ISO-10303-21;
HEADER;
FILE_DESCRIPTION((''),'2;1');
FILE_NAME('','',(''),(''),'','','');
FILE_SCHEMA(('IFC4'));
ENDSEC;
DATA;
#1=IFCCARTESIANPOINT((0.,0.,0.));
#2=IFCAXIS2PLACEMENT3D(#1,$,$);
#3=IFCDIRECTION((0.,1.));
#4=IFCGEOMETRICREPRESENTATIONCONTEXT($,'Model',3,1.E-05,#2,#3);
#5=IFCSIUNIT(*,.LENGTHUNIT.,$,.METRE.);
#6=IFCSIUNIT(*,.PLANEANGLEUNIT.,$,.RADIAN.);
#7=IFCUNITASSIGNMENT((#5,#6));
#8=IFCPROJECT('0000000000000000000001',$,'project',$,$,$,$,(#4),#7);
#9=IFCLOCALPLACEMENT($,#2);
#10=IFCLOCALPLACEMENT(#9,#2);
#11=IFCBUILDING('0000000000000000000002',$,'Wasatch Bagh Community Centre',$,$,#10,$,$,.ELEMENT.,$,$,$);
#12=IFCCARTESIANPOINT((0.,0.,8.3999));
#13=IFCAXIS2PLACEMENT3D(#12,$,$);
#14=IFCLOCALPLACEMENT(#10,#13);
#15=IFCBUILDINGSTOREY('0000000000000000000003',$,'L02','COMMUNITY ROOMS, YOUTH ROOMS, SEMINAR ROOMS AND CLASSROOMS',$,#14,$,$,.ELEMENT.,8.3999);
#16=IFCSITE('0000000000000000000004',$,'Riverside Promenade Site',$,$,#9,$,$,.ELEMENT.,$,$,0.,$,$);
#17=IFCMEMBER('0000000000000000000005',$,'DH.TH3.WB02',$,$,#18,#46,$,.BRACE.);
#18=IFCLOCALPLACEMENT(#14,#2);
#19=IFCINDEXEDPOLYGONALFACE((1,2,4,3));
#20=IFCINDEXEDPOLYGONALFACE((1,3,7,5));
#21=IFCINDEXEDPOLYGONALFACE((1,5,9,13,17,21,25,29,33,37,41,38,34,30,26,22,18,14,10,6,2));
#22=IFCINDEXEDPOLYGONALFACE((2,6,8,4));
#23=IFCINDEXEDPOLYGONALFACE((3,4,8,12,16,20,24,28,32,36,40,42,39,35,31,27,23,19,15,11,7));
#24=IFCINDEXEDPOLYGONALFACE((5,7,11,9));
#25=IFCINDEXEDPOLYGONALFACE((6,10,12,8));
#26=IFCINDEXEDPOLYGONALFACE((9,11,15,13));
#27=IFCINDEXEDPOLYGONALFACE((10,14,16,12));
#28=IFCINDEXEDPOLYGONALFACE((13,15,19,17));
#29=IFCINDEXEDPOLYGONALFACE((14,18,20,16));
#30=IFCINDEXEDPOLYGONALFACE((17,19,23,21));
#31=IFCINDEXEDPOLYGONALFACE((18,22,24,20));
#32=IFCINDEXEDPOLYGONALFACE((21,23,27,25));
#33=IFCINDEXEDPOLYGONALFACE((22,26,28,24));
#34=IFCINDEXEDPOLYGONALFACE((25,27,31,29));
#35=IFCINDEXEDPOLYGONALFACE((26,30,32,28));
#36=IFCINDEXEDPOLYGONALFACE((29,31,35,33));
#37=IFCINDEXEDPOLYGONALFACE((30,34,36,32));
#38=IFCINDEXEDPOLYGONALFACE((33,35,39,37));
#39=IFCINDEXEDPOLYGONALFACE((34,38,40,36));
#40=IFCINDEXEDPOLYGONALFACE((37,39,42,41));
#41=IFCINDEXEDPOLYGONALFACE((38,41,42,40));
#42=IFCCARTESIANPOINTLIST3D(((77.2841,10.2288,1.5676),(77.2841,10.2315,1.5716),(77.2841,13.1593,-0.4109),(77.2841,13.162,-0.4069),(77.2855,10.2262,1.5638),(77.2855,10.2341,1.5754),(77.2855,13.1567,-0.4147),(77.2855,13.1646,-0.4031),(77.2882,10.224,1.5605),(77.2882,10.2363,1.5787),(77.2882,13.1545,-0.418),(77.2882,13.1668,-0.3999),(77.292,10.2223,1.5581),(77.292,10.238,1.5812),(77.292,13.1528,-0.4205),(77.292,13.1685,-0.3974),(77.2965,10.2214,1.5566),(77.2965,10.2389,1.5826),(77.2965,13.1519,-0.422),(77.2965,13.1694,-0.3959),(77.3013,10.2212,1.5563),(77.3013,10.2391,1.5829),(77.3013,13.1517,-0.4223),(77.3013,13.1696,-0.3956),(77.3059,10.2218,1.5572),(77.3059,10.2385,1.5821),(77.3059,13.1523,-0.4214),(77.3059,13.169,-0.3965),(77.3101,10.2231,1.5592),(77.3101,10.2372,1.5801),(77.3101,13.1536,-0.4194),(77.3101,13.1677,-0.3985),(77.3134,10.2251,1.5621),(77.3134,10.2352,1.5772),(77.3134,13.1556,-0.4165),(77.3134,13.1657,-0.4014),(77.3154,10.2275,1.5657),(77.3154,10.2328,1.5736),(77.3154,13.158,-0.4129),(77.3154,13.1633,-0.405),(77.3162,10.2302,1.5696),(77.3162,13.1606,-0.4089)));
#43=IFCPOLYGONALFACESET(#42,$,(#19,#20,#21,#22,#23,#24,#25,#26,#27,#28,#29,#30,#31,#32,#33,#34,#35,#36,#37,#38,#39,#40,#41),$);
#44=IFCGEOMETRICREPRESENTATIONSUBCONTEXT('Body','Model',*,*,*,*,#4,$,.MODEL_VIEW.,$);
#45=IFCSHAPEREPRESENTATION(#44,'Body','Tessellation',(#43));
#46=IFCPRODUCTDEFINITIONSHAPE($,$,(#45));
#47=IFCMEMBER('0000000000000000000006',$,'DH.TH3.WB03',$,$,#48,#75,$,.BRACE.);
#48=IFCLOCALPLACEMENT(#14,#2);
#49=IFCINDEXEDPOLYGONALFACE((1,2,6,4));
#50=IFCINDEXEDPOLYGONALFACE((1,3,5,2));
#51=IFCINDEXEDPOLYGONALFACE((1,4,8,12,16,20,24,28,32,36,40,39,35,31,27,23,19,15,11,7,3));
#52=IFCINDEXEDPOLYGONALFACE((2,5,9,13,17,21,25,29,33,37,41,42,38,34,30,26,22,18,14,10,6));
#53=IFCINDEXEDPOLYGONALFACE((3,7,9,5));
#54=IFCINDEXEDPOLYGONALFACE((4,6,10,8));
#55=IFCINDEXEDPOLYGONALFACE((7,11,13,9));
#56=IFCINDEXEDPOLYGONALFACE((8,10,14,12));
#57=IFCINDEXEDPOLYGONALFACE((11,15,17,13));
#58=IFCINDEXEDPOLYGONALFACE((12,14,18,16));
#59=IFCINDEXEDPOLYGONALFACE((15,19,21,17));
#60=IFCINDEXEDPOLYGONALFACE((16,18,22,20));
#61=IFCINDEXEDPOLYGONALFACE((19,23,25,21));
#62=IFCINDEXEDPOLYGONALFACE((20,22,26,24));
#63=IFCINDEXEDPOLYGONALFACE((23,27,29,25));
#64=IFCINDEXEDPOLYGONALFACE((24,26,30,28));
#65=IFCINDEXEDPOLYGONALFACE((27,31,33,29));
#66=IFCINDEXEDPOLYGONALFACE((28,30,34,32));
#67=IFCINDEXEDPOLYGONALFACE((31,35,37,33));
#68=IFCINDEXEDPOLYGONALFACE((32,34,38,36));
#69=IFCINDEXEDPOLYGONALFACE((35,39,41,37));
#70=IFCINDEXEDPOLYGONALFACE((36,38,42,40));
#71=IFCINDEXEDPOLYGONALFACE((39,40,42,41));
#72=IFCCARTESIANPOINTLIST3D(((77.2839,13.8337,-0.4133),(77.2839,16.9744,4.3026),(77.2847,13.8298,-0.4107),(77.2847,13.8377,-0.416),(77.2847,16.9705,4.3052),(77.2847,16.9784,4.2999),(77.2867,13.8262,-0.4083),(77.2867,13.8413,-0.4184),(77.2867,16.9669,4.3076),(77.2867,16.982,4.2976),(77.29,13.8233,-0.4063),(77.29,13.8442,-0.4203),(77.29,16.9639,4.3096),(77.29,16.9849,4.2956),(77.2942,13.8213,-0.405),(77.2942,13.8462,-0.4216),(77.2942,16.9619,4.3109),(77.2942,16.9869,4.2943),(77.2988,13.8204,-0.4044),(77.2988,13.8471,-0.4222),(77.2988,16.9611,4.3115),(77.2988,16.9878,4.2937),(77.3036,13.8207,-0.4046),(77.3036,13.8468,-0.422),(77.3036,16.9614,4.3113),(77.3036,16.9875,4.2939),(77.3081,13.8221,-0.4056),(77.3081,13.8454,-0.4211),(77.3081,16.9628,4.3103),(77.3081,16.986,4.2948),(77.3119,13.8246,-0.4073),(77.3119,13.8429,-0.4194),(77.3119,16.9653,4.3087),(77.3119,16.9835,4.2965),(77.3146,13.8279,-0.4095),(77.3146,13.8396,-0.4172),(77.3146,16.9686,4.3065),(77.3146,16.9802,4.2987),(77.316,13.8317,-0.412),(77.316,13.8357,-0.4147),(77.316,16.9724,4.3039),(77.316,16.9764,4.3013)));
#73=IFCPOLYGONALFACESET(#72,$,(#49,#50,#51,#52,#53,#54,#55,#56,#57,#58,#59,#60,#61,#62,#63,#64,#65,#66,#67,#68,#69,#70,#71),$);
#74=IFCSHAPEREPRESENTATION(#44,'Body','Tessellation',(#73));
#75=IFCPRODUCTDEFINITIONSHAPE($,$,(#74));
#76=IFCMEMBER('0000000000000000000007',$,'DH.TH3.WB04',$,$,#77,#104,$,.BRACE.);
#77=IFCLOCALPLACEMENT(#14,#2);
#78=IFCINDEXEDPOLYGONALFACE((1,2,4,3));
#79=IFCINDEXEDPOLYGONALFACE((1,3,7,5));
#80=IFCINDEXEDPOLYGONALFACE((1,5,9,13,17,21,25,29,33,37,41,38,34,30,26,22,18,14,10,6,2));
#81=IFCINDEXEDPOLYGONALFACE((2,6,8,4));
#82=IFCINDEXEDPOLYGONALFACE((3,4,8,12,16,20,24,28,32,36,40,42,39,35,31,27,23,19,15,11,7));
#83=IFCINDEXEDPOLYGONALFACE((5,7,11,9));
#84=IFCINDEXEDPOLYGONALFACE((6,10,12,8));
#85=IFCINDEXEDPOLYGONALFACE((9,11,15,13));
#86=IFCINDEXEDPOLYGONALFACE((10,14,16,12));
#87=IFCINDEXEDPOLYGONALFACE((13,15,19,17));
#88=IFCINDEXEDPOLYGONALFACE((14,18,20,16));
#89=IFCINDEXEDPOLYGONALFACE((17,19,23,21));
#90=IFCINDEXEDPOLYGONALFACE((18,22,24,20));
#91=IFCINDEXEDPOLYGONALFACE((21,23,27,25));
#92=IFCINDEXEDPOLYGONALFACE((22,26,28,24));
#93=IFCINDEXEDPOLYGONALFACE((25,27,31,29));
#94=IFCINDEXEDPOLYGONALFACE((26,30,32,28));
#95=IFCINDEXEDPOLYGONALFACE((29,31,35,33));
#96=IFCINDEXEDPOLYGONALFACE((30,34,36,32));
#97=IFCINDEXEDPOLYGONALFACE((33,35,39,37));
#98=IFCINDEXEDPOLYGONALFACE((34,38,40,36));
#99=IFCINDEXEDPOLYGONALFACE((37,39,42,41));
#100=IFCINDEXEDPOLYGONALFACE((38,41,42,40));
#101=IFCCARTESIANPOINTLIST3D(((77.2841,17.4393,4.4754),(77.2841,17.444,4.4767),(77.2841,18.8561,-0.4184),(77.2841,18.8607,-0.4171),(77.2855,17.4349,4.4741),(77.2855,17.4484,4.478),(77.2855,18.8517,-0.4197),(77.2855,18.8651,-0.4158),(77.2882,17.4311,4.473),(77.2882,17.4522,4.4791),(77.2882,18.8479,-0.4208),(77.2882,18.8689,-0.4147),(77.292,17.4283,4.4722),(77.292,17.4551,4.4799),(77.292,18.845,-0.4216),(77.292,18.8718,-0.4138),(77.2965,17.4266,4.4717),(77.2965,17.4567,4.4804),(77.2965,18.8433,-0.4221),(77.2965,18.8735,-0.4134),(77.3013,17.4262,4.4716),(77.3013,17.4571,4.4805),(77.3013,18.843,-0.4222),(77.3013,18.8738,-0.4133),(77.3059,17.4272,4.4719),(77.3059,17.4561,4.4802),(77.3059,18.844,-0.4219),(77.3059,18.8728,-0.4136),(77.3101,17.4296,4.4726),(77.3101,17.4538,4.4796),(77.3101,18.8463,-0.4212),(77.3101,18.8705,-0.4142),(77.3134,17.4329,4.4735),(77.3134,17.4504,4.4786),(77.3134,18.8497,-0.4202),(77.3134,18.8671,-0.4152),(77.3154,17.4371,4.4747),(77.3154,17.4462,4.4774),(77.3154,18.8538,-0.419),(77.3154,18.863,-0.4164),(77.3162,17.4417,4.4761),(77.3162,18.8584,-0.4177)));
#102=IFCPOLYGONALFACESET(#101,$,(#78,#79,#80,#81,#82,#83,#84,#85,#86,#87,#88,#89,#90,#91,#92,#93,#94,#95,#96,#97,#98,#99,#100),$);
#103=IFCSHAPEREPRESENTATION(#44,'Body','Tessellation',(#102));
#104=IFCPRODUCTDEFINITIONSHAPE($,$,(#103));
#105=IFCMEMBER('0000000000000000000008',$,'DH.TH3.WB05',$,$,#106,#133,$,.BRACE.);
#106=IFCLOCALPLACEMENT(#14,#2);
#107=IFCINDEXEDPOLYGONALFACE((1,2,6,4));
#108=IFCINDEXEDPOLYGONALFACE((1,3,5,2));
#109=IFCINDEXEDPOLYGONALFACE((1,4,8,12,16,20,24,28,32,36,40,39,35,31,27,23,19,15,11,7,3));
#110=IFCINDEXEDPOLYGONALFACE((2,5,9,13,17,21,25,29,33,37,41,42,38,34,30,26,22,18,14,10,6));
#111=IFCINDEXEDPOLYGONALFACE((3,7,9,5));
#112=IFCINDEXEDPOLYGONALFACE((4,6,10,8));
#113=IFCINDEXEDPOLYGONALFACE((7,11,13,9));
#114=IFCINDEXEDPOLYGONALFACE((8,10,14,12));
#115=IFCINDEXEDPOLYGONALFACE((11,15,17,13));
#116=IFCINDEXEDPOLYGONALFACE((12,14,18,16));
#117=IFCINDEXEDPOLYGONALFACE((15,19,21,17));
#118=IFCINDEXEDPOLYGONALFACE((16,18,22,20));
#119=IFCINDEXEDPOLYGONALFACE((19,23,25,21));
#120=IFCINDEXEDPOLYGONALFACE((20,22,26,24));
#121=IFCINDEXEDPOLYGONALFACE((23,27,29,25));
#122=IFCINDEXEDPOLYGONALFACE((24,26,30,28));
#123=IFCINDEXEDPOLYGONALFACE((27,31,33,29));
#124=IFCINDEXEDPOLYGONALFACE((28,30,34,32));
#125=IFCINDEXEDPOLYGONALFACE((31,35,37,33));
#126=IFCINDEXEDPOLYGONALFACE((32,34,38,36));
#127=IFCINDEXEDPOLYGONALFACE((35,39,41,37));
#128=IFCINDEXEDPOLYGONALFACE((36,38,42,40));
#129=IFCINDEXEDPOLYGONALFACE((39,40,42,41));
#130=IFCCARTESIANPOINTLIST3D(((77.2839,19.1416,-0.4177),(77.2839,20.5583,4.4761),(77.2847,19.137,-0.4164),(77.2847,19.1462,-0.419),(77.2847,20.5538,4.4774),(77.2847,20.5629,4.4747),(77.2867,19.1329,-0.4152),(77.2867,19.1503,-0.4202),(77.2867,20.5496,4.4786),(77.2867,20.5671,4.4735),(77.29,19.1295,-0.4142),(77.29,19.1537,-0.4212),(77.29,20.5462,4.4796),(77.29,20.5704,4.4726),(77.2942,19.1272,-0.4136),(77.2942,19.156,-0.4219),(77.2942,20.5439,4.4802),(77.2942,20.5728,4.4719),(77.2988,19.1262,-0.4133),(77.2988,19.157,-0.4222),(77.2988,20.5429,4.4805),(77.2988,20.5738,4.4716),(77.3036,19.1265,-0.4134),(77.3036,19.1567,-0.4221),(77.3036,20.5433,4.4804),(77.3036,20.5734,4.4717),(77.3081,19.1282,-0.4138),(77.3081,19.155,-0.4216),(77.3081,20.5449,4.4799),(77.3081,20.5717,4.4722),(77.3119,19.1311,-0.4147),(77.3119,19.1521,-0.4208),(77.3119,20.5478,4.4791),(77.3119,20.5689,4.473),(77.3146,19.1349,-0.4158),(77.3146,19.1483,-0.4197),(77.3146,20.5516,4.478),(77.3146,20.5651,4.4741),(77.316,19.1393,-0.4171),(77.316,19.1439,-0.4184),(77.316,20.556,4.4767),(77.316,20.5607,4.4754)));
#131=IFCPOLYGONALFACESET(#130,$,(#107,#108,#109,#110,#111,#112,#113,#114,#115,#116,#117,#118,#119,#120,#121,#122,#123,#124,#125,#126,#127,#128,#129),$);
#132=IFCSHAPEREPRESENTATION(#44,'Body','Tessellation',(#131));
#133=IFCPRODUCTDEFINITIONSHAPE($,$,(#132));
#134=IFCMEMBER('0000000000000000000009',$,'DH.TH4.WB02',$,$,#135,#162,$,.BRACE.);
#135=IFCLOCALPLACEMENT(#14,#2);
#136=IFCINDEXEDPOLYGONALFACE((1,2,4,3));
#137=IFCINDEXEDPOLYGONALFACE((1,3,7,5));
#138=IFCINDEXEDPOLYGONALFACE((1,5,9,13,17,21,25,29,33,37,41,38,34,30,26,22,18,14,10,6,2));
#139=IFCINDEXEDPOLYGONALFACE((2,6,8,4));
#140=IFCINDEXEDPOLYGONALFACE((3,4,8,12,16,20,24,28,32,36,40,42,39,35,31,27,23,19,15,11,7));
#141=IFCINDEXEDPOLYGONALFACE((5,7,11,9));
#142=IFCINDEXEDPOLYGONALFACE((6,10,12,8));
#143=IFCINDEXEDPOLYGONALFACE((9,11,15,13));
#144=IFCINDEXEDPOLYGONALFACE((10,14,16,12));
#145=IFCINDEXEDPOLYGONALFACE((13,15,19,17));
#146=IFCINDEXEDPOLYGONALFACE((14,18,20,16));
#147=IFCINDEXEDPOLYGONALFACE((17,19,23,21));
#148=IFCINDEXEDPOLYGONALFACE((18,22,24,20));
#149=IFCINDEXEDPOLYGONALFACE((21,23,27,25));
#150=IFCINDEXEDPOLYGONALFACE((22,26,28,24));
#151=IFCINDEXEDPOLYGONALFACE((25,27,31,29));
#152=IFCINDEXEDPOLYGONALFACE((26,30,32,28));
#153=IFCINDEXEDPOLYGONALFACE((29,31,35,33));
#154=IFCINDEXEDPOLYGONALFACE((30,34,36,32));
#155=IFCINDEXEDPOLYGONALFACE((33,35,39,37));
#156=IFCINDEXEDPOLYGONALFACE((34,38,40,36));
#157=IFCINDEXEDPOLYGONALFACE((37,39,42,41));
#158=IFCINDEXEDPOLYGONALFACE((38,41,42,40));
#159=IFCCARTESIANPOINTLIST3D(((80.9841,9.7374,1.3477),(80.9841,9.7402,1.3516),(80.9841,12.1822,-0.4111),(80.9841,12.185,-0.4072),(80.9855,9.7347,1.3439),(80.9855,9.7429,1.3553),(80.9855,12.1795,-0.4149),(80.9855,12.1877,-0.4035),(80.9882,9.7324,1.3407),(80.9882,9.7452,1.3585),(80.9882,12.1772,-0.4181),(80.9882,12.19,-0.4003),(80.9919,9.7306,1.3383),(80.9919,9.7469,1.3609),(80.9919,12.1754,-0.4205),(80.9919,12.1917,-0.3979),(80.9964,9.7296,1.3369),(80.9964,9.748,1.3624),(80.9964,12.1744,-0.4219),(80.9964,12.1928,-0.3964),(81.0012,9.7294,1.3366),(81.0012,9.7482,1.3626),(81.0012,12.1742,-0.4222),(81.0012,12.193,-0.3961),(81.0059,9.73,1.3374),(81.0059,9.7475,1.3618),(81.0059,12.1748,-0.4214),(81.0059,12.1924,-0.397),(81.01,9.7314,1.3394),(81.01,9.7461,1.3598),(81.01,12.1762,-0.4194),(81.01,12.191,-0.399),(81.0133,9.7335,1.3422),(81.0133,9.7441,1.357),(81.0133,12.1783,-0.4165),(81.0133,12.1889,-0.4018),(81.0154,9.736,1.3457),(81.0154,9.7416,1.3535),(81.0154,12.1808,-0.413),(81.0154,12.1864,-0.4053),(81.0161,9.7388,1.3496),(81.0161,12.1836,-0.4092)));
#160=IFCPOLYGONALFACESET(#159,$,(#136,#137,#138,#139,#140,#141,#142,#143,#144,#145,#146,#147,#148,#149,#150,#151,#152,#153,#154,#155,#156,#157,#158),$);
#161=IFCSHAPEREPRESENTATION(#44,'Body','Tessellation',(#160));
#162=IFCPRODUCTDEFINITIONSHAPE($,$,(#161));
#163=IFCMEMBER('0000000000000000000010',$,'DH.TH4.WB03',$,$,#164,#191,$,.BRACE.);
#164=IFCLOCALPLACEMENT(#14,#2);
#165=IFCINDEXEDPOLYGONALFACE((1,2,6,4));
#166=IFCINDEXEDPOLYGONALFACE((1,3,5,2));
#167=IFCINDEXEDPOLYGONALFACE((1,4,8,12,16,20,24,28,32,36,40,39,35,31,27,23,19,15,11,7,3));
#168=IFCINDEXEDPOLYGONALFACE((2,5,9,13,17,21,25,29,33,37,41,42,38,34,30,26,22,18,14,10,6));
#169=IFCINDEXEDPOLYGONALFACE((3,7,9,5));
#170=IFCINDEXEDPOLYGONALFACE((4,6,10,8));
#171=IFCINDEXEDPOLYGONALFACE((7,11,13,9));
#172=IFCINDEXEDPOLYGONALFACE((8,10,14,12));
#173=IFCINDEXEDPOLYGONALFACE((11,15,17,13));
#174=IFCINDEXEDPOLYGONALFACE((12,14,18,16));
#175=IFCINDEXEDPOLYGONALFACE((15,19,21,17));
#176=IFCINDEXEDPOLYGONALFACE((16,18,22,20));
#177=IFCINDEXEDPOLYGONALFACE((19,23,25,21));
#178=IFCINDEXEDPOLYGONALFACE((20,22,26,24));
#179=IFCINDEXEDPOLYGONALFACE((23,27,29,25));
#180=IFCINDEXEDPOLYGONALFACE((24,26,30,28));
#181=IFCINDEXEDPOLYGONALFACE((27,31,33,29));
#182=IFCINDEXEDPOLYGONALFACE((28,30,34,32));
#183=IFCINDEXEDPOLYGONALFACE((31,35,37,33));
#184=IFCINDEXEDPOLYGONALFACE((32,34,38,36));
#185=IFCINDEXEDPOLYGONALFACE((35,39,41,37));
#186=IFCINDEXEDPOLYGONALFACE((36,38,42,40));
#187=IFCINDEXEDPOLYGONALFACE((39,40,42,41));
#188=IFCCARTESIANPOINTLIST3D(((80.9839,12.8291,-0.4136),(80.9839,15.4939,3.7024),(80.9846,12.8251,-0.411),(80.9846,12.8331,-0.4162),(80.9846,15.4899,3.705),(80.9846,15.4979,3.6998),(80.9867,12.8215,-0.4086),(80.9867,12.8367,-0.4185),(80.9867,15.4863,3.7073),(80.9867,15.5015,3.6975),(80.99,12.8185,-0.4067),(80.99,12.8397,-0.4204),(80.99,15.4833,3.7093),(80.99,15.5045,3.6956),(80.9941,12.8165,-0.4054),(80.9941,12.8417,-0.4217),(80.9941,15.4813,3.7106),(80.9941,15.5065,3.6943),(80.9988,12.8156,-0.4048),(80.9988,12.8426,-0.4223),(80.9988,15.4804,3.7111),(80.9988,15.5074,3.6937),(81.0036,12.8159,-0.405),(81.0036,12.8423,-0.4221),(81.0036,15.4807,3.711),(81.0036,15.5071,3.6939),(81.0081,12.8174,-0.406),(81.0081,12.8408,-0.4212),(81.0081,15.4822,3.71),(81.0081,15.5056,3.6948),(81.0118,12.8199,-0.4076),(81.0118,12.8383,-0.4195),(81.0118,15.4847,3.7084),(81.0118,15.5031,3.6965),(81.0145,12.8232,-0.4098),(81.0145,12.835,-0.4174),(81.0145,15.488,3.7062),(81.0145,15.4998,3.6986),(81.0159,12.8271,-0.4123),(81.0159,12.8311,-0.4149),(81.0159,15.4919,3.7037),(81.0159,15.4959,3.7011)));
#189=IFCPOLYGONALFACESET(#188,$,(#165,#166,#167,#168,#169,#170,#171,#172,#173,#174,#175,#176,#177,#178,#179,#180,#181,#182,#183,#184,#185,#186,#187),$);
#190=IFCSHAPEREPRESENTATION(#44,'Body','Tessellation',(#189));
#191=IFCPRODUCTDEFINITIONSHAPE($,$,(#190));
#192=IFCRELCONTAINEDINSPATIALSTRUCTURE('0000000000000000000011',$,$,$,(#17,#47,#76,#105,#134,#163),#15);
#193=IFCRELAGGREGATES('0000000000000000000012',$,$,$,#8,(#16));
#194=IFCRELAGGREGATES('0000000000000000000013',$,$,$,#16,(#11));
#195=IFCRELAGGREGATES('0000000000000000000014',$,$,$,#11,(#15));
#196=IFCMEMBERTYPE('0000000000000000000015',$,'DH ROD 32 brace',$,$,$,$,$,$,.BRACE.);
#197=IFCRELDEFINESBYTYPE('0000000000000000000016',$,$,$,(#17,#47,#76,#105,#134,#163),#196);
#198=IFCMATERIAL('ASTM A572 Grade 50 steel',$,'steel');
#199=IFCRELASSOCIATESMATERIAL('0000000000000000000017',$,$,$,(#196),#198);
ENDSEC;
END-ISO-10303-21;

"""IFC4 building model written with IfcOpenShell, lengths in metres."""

from ifc_helpers import new_model, si_unit, direction, frame, origin, origin_2d, place, context, subcontext, project, spatial, circle, extrude, material, material_profile, profile_set, type_object, element, save


model = new_model("IFC4")

# Units and contexts
model_context = context("Model", 3, precision=1e-05, world=origin(), true_north=direction((0.0, 1.0)))
body_context = subcontext(model_context, "Body", "Model", "MODEL_VIEW")
ifc_project = project(units=[si_unit("LENGTHUNIT", "METRE"), si_unit("PLANEANGLEUNIT", "RADIAN")], contexts=[model_context])

# Site, building, storey
site_placement = place(None, origin())
site = spatial("IfcSite", under=ifc_project, at=site_placement, Name="Riverside Promenade Site", CompositionType="ELEMENT", RefElevation=0.0)
building_placement = place(site_placement, origin())
building = spatial("IfcBuilding", under=site, at=building_placement, Name="Wasatch Bagh Community Centre", CompositionType="ELEMENT")
storey_placement = place(building_placement, frame((0.0, 0.0, 8.3999)))
storey = spatial("IfcBuildingStorey", under=building, at=storey_placement, Name="L02", Description="COMMUNITY ROOMS, YOUTH ROOMS, SEMINAR ROOMS AND CLASSROOMS", CompositionType="ELEMENT", Elevation=8.3999)

# Members
ifc_material_1 = material(Name="ASTM A572 Grade 50 steel", Category="steel")
ifc_material_profile_1 = material_profile(ifc_material_1, circle(Radius=0.0161, at=origin_2d()), Name="ROD 32")
ifc_profile_set_1 = profile_set([ifc_material_profile_1], Name="ASTM A572 Grade 50 steel")
member_type_1 = type_object("IfcMemberType", Name="DH ROD 32 brace", PredefinedType="BRACE", material=ifc_profile_set_1)
member_1_placement = place(storey_placement, frame((77.3, 13.1606, -0.4089), z_axis=(0.0, -0.828785, 0.559567), x_axis=(1.0, 0.0, 0.0)))
element("IfcMember", 1, at=member_1_placement, inside=storey, type_object=member_type_1, Name="DH.TH3.WB02", PredefinedType="BRACE", context=body_context, shape_type="SweptSolid", body=[
    extrude(circle(Radius=0.0161, at=origin_2d()), origin(), (0.0, 0.0, 1.0), 3.5359),
])
member_2_placement = place(storey_placement, frame((77.3, 13.8337, -0.4133), z_axis=(0.0, 0.554302, 0.832315), x_axis=(-1.0, 0.0, 0.0)))
element("IfcMember", 2, at=member_2_placement, inside=storey, type_object=member_type_1, Name="DH.TH3.WB03", PredefinedType="BRACE", context=body_context, shape_type="SweptSolid", body=[
    extrude(circle(Radius=0.0161, at=origin_2d()), origin(), (0.0, 0.0, 1.0), 5.666),
])
for number, where, z_axis, x_axis, name in (
    (3, (77.3, 18.8584, -0.4177), (0.0, -0.27808, 0.960558), (1.0, 0.0, 0.0), "DH.TH3.WB04"),
    (4, (77.3, 19.1416, -0.4177), (0.0, 0.27808, 0.960558), (-1.0, 0.0, 0.0), "DH.TH3.WB05"),
):
    element("IfcMember", number, at=place(storey_placement, frame(where, z_axis=z_axis, x_axis=x_axis)), inside=storey, type_object=member_type_1, Name=name, PredefinedType="BRACE", context=body_context, shape_type="SweptSolid", body=[
        extrude(circle(Radius=0.0161, at=origin_2d()), origin(), (0.0, 0.0, 1.0), 5.0947),
    ])
member_3_placement = place(storey_placement, frame((81.0, 12.1836, -0.4092), z_axis=(0.0, -0.811768, 0.58398), x_axis=(1.0, 0.0, 0.0)))
element("IfcMember", 5, at=member_3_placement, inside=storey, type_object=member_type_1, Name="DH.TH4.WB02", PredefinedType="BRACE", context=body_context, shape_type="SweptSolid", body=[
    extrude(circle(Radius=0.0161, at=origin_2d()), origin(), (0.0, 0.0, 1.0), 3.0117),
])
member_4_placement = place(storey_placement, frame((81.0, 12.8291, -0.4136), z_axis=(0.0, 0.54347, 0.839429), x_axis=(-1.0, 0.0, 0.0)))
element("IfcMember", 6, at=member_4_placement, inside=storey, type_object=member_type_1, Name="DH.TH4.WB03", PredefinedType="BRACE", context=body_context, shape_type="SweptSolid", body=[
    extrude(circle(Radius=0.0161, at=origin_2d()), origin(), (0.0, 0.0, 1.0), 4.9033),
])

save(model, "model.ifc")
